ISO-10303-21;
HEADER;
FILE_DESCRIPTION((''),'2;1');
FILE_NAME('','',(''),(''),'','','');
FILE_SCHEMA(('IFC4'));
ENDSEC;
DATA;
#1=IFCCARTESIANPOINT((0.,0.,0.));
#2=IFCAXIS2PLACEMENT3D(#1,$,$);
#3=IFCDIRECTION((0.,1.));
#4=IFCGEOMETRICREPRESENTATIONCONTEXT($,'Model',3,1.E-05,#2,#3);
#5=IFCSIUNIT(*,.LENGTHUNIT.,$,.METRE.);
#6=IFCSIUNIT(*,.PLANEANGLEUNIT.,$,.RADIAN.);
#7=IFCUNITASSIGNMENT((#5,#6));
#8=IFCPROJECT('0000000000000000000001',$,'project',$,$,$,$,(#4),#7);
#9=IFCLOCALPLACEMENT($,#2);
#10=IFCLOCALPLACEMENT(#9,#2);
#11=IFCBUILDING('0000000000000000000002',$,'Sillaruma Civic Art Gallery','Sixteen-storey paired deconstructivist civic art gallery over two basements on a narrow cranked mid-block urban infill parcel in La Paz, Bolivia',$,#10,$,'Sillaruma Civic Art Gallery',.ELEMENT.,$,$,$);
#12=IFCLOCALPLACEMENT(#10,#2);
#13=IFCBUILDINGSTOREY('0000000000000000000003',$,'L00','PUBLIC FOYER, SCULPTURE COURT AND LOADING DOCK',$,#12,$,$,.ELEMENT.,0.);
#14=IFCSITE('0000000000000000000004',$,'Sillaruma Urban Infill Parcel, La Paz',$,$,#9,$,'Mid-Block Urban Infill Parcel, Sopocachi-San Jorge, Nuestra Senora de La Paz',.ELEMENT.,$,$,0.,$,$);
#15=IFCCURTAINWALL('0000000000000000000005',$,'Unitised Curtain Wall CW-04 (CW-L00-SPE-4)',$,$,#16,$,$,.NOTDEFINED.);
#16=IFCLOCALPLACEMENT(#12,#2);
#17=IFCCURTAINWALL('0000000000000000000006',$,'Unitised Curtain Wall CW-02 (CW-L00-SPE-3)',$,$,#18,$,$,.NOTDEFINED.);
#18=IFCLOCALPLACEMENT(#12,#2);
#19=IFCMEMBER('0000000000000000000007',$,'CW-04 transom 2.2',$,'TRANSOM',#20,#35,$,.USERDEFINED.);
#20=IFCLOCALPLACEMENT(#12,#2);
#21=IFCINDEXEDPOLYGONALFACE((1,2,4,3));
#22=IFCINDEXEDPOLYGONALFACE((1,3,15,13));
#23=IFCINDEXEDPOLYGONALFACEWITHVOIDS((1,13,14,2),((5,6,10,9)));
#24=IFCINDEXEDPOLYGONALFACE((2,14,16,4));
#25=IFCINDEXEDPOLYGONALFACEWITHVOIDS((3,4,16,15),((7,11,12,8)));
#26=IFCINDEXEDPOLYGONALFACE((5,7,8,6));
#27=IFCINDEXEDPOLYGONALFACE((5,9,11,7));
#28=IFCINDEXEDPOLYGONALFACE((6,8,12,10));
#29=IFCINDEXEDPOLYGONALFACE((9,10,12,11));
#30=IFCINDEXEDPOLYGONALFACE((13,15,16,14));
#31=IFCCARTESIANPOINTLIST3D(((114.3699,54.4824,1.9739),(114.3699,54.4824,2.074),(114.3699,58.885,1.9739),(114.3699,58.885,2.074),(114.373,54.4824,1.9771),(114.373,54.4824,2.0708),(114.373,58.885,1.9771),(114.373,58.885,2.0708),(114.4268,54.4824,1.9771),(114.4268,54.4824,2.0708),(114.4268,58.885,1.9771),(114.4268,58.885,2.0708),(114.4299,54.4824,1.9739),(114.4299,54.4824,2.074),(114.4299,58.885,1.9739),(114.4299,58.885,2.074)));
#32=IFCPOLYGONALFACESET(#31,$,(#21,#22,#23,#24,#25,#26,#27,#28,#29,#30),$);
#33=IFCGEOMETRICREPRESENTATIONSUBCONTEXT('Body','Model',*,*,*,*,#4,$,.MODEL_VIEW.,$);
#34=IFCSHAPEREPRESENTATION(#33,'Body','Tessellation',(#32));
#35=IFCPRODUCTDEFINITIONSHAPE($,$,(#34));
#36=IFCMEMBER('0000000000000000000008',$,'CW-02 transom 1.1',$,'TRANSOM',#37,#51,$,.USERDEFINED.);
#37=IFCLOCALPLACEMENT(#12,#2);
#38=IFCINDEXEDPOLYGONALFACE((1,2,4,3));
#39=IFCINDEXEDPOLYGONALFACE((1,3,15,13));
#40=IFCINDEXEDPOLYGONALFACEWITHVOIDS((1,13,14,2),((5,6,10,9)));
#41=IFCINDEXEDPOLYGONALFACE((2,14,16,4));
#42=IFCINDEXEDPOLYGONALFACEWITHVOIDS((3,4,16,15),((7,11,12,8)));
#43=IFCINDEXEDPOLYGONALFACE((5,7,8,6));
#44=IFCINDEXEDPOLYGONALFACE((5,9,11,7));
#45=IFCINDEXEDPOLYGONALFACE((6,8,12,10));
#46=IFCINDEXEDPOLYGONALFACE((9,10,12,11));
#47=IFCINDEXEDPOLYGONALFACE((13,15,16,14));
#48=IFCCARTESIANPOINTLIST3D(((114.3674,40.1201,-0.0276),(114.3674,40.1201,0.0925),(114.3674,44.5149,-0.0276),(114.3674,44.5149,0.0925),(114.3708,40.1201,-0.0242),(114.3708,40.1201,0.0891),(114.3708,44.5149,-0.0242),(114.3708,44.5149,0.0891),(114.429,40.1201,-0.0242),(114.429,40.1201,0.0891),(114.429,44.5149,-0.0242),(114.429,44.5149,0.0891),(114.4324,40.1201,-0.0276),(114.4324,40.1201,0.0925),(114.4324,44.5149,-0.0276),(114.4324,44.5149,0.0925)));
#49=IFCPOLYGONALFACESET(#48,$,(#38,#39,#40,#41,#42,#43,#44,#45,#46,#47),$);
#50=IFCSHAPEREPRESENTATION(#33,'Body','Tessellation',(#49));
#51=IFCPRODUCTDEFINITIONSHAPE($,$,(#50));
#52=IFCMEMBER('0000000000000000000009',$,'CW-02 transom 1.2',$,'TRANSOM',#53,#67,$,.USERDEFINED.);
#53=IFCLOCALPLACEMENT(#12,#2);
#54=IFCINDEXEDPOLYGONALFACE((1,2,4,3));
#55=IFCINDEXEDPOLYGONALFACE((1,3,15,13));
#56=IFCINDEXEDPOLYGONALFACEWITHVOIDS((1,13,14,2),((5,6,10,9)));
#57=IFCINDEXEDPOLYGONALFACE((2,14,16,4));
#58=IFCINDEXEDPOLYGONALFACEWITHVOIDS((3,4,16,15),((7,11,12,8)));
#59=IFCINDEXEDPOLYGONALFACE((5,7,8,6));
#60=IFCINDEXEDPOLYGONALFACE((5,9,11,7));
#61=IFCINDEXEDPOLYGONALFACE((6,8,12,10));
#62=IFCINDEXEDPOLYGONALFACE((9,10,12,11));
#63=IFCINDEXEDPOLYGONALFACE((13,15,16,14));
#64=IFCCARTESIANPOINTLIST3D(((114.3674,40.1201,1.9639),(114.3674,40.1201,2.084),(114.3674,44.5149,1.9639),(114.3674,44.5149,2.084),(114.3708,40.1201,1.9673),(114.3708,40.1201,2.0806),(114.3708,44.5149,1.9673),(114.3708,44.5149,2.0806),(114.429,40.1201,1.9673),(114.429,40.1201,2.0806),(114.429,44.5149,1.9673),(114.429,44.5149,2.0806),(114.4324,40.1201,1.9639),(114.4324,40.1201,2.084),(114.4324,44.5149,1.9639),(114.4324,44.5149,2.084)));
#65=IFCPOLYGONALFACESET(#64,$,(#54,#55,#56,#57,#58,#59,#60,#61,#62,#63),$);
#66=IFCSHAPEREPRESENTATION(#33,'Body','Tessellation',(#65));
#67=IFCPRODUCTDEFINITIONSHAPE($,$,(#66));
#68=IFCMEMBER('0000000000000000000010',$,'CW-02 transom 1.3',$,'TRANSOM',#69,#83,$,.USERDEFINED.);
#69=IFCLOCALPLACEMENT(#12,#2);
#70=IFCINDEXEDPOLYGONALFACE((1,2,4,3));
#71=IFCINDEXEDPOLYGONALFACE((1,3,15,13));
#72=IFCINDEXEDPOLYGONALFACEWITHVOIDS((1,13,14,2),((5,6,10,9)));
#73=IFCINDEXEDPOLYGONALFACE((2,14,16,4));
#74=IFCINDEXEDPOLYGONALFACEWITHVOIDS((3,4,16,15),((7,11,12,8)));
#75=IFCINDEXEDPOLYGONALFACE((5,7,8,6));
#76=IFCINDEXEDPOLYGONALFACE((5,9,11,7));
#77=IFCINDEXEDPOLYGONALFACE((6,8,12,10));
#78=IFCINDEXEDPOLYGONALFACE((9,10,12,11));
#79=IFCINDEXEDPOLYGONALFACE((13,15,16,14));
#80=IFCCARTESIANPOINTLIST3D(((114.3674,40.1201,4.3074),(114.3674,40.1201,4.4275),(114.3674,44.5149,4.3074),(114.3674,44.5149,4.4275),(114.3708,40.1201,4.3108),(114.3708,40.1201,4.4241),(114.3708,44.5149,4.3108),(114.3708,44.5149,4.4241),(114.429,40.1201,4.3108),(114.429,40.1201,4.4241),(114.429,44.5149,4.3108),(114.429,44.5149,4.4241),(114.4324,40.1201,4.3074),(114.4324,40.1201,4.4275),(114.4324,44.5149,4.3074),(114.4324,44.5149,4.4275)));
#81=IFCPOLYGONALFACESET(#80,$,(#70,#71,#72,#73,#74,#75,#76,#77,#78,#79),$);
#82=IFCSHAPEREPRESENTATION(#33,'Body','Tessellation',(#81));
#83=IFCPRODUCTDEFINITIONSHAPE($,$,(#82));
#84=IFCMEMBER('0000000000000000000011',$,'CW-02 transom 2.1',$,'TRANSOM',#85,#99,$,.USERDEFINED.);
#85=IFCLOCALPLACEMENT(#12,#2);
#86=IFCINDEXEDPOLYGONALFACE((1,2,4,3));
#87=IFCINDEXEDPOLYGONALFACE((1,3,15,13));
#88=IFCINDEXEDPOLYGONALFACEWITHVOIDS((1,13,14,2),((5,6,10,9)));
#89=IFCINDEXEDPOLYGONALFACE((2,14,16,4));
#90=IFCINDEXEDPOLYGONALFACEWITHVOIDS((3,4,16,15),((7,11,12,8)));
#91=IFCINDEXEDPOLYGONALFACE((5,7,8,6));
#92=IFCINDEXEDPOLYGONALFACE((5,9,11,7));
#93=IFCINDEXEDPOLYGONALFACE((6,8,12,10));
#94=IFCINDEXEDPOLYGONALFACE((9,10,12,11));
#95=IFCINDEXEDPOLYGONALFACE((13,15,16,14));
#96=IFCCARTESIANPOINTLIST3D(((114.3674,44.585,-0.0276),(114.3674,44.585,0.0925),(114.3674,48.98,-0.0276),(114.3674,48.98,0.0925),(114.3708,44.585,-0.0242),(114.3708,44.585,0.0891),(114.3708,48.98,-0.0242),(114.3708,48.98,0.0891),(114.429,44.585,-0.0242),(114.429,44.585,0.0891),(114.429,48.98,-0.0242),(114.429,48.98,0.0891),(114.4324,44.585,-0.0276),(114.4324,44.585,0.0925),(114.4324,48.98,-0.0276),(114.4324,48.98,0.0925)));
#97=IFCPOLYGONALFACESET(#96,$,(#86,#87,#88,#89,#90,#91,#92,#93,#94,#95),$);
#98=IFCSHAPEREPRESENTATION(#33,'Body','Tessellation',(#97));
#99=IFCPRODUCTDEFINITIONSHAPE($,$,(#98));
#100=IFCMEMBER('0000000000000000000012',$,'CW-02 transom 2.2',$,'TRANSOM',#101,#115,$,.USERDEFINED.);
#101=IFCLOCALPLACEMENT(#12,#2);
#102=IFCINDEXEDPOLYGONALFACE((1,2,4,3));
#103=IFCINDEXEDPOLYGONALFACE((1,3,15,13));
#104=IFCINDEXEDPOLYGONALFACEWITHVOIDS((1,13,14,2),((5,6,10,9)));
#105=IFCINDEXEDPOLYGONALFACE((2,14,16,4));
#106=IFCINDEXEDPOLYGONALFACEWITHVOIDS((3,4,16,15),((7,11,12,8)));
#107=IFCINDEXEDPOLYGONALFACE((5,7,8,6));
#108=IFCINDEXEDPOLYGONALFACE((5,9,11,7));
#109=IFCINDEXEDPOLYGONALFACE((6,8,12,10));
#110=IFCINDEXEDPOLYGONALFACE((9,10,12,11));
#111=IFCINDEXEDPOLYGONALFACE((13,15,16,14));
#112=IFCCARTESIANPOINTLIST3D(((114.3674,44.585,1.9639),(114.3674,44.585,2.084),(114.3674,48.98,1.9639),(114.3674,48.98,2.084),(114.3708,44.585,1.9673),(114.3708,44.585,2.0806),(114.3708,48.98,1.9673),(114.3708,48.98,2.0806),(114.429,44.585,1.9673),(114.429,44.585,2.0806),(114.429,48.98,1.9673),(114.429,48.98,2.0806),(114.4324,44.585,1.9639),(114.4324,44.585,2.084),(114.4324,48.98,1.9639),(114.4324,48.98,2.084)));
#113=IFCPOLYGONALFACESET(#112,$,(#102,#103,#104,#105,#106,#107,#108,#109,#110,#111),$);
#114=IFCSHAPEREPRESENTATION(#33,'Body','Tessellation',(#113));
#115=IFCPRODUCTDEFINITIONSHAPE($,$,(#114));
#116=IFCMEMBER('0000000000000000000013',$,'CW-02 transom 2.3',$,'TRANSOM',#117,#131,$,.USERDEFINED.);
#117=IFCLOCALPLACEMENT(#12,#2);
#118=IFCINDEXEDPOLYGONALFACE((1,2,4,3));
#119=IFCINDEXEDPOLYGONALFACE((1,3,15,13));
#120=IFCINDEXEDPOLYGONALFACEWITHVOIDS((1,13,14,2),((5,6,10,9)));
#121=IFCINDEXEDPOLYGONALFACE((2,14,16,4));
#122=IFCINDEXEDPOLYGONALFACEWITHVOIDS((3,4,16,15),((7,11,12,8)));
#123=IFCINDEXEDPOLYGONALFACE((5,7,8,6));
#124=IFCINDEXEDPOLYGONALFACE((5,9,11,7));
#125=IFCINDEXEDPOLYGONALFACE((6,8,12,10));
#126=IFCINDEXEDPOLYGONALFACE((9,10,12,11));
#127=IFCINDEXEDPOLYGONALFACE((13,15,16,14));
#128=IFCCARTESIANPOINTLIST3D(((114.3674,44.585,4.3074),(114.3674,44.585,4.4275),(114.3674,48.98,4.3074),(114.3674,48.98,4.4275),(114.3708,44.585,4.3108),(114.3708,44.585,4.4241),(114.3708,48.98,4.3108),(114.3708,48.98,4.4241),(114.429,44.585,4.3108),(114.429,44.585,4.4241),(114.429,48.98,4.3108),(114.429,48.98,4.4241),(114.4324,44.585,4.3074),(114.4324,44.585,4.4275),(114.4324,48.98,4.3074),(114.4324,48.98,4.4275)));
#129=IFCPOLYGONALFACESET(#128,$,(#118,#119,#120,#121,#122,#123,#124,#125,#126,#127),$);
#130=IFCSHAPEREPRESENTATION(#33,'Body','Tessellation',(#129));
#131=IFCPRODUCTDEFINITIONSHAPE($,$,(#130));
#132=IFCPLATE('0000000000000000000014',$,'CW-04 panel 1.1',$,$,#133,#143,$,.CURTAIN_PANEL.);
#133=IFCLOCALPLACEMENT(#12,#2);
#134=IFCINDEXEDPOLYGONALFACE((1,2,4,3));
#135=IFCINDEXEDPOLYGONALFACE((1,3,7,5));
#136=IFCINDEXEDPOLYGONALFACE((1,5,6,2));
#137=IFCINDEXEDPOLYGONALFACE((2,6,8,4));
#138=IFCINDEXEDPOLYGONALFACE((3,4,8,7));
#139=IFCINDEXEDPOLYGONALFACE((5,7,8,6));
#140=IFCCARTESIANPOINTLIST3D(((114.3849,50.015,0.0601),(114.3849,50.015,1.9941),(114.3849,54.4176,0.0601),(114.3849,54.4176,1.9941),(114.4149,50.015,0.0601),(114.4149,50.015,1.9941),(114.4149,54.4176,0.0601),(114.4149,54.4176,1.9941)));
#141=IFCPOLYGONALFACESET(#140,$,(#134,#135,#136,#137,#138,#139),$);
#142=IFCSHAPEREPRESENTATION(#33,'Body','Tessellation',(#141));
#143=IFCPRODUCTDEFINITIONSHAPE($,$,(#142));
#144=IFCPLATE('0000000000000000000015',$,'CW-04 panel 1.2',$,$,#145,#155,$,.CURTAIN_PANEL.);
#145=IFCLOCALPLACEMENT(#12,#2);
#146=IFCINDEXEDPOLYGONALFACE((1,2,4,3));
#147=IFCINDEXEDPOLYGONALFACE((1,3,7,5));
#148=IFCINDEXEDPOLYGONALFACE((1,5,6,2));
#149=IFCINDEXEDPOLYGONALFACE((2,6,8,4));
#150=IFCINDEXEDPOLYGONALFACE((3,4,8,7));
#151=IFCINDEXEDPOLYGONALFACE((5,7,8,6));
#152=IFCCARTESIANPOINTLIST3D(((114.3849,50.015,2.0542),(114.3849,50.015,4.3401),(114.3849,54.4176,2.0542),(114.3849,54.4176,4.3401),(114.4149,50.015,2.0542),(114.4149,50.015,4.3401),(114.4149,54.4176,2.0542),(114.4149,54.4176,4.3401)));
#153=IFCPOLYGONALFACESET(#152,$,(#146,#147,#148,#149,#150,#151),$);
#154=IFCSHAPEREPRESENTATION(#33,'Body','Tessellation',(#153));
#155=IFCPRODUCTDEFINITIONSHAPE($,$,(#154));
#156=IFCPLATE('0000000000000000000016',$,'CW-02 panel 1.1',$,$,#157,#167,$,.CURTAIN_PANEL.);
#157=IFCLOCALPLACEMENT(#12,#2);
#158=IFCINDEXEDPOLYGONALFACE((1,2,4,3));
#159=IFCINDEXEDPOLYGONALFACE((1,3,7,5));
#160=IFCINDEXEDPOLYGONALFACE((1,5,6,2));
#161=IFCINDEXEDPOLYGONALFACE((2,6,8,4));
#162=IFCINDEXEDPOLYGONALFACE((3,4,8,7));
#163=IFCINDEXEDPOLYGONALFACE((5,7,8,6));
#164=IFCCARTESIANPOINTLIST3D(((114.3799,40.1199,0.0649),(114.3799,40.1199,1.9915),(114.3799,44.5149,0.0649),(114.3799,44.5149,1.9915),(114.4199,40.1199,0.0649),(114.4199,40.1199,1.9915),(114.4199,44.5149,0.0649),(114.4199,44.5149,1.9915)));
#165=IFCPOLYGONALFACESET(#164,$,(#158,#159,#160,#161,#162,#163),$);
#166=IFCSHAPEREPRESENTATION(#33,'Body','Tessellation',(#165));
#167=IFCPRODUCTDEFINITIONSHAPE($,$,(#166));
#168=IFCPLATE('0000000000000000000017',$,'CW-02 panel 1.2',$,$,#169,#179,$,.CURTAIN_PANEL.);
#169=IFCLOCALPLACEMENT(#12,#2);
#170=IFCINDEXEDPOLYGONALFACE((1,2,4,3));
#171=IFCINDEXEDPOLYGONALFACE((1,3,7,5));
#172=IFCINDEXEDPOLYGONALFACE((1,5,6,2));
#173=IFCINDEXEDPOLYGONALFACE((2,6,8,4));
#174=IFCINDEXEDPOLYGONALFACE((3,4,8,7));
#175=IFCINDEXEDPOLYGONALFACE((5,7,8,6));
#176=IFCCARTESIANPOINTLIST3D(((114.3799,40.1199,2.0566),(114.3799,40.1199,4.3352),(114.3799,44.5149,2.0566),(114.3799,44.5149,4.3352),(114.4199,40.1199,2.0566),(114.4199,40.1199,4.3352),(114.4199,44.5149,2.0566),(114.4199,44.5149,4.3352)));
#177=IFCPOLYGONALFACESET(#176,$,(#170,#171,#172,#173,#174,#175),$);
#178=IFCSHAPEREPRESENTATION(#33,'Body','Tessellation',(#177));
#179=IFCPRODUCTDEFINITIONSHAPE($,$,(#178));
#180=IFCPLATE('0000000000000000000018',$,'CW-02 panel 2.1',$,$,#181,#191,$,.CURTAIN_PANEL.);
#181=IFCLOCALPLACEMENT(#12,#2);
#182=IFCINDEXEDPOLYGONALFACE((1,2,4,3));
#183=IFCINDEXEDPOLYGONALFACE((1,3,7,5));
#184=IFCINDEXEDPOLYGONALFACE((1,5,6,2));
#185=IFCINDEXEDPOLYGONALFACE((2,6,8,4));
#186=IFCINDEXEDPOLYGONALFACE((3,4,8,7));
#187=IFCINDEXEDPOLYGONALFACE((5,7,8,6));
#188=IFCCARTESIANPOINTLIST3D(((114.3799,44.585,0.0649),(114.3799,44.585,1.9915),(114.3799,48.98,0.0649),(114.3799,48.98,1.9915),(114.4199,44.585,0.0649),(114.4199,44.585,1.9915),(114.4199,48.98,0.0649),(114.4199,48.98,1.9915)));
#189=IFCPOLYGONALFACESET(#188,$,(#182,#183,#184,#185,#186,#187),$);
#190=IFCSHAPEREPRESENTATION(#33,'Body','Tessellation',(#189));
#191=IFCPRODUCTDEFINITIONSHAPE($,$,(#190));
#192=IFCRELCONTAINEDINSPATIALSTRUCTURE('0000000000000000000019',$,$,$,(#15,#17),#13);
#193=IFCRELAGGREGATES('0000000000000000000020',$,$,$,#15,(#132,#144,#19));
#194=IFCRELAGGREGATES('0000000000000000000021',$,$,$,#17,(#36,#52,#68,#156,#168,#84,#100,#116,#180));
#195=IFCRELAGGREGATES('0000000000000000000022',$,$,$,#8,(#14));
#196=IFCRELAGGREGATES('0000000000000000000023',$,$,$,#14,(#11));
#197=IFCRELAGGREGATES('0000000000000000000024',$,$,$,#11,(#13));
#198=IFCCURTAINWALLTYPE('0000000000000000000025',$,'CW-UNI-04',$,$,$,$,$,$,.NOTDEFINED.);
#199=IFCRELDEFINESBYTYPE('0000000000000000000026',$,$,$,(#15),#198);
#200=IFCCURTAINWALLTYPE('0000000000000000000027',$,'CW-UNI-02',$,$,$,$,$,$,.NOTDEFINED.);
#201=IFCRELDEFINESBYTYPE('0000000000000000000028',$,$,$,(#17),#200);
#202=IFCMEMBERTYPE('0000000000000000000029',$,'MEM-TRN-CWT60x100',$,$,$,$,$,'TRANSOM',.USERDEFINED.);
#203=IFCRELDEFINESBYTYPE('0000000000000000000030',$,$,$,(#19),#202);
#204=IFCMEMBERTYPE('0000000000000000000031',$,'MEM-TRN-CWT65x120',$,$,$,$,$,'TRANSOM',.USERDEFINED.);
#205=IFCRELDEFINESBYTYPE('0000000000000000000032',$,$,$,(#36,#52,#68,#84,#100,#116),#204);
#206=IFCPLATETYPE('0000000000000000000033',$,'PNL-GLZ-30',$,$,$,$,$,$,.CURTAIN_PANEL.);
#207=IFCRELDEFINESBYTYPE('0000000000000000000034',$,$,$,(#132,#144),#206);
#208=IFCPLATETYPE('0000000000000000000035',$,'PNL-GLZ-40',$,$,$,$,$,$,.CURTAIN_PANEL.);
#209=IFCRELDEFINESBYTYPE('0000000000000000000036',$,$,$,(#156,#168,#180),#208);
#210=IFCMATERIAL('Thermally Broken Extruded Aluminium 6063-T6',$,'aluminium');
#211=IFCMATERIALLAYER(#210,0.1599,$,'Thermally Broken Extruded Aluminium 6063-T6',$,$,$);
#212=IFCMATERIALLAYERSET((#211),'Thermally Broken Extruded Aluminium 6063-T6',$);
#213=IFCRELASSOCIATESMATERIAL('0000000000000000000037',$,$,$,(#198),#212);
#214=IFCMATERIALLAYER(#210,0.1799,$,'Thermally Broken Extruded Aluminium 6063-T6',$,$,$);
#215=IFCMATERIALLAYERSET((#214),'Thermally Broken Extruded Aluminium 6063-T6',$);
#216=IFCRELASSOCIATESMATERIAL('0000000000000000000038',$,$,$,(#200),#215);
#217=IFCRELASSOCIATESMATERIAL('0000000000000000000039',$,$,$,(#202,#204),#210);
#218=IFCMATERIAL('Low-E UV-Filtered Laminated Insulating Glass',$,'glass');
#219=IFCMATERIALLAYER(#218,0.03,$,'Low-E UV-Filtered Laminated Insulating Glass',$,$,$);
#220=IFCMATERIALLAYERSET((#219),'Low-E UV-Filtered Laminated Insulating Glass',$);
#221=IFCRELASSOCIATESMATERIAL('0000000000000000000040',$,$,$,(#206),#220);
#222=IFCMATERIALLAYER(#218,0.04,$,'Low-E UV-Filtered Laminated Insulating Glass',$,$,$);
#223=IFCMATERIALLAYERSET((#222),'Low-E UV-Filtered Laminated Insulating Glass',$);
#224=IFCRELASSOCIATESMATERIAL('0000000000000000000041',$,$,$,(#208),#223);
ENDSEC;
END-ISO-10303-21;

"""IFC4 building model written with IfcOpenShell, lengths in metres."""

from ifc_helpers import new_model, si_unit, direction, frame, origin, origin_2d, place, context, subcontext, project, spatial, rectangle, hollow_rectangle, extrude, material, layer, layer_set, material_profile, profile_set, type_object, element, aggregate, save


model = new_model("IFC4")

# Units and contexts
model_context = context("Model", 3, precision=1e-05, world=origin(), true_north=direction((0.0, 1.0)))
body_context = subcontext(model_context, "Body", "Model", "MODEL_VIEW")
ifc_project = project(units=[si_unit("LENGTHUNIT", "METRE"), si_unit("PLANEANGLEUNIT", "RADIAN")], contexts=[model_context])

# Site, building, storey
site_placement = place(None, origin())
site = spatial("IfcSite", under=ifc_project, at=site_placement, Name="Sillaruma Urban Infill Parcel, La Paz", LongName="Mid-Block Urban Infill Parcel, Sopocachi-San Jorge, Nuestra Senora de La Paz", CompositionType="ELEMENT", RefElevation=0.0)
building_placement = place(site_placement, origin())
building = spatial("IfcBuilding", under=site, at=building_placement, Name="Sillaruma Civic Art Gallery", Description="Sixteen-storey paired deconstructivist civic art gallery over two basements on a narrow cranked mid-block urban infill parcel in La Paz, Bolivia", LongName="Sillaruma Civic Art Gallery", CompositionType="ELEMENT")
storey_placement = place(building_placement, origin())
storey = spatial("IfcBuildingStorey", under=building, at=storey_placement, Name="L00", Description="PUBLIC FOYER, SCULPTURE COURT AND LOADING DOCK", CompositionType="ELEMENT", Elevation=0.0)

# Curtain walls
ifc_material_1 = material(Name="Thermally Broken Extruded Aluminium 6063-T6", Category="aluminium")
ifc_layer_1 = layer(ifc_material_1, 0.1599, Name="Thermally Broken Extruded Aluminium 6063-T6")
ifc_layer_set_1 = layer_set([ifc_layer_1], Name="Thermally Broken Extruded Aluminium 6063-T6")
curtain_wall_type_1 = type_object("IfcCurtainWallType", Name="CW-UNI-04", PredefinedType="NOTDEFINED", material=ifc_layer_set_1)
curtain_wall_1_placement = place(storey_placement, origin())
curtain_wall_1 = element("IfcCurtainWall", 1, at=curtain_wall_1_placement, inside=storey, type_object=curtain_wall_type_1, Name="Unitised Curtain Wall CW-04 (CW-L00-SPE-4)", PredefinedType="NOTDEFINED")
ifc_layer_2 = layer(ifc_material_1, 0.1799, Name="Thermally Broken Extruded Aluminium 6063-T6")
ifc_layer_set_2 = layer_set([ifc_layer_2], Name="Thermally Broken Extruded Aluminium 6063-T6")
curtain_wall_type_2 = type_object("IfcCurtainWallType", Name="CW-UNI-02", PredefinedType="NOTDEFINED", material=ifc_layer_set_2)
curtain_wall_2_placement = place(storey_placement, origin())
curtain_wall_2 = element("IfcCurtainWall", 2, at=curtain_wall_2_placement, inside=storey, type_object=curtain_wall_type_2, Name="Unitised Curtain Wall CW-02 (CW-L00-SPE-3)", PredefinedType="NOTDEFINED")

# Members
ifc_material_profile_1 = material_profile(ifc_material_1, hollow_rectangle(XDim=0.0601, YDim=0.1001, WallThickness=0.0032, at=origin_2d()), Name="CWT60x100")
ifc_profile_set_1 = profile_set([ifc_material_profile_1], Name="Thermally Broken Extruded Aluminium 6063-T6")
member_type_1 = type_object("IfcMemberType", Name="MEM-TRN-CWT60x100", ElementType="TRANSOM", PredefinedType="USERDEFINED", material=ifc_profile_set_1)
member_1_placement = place(storey_placement, frame((114.3999, 54.4824, 2.0239), z_axis=(0.0, 1.0, 0.0), x_axis=(-1.0, 0.0, 0.0)))
member_1 = element("IfcMember", 3, at=member_1_placement, type_object=member_type_1, Name="CW-04 transom 2.2", ObjectType="TRANSOM", PredefinedType="USERDEFINED", context=body_context, shape_type="SweptSolid", body=[
    extrude(hollow_rectangle(XDim=0.0601, YDim=0.1001, WallThickness=0.0032, at=origin_2d()), origin(), (0.0, 0.0, 1.0), 4.4026),
])
ifc_material_profile_2 = material_profile(ifc_material_1, hollow_rectangle(XDim=0.0649, YDim=0.1201, WallThickness=0.0034, at=origin_2d()), Name="CWT65x120")
ifc_profile_set_2 = profile_set([ifc_material_profile_2], Name="Thermally Broken Extruded Aluminium 6063-T6")
member_type_2 = type_object("IfcMemberType", Name="MEM-TRN-CWT65x120", ElementType="TRANSOM", PredefinedType="USERDEFINED", material=ifc_profile_set_2)
member_2_placement = place(storey_placement, frame((114.3999, 40.1201, 0.0325), z_axis=(0.0, 1.0, 0.0), x_axis=(-1.0, 0.0, 0.0)))
member_2 = element("IfcMember", 4, at=member_2_placement, type_object=member_type_2, Name="CW-02 transom 1.1", ObjectType="TRANSOM", PredefinedType="USERDEFINED", context=body_context, shape_type="SweptSolid", body=[
    extrude(hollow_rectangle(XDim=0.0649, YDim=0.1201, WallThickness=0.0034, at=origin_2d()), origin(), (0.0, 0.0, 1.0), 4.3948),
])
member_3_placement = place(storey_placement, frame((114.3999, 40.1201, 2.0239), z_axis=(0.0, 1.0, 0.0), x_axis=(-1.0, 0.0, 0.0)))
member_3 = element("IfcMember", 5, at=member_3_placement, type_object=member_type_2, Name="CW-02 transom 1.2", ObjectType="TRANSOM", PredefinedType="USERDEFINED", context=body_context, shape_type="SweptSolid", body=[
    extrude(hollow_rectangle(XDim=0.0649, YDim=0.1201, WallThickness=0.0034, at=origin_2d()), origin(), (0.0, 0.0, 1.0), 4.3948),
])
member_4_placement = place(storey_placement, frame((114.3999, 40.1201, 4.3674), z_axis=(0.0, 1.0, 0.0), x_axis=(-1.0, 0.0, 0.0)))
member_4 = element("IfcMember", 6, at=member_4_placement, type_object=member_type_2, Name="CW-02 transom 1.3", ObjectType="TRANSOM", PredefinedType="USERDEFINED", context=body_context, shape_type="SweptSolid", body=[
    extrude(hollow_rectangle(XDim=0.0649, YDim=0.1201, WallThickness=0.0034, at=origin_2d()), origin(), (0.0, 0.0, 1.0), 4.3948),
])
member_5_placement = place(storey_placement, frame((114.3999, 44.585, 0.0325), z_axis=(0.0, 1.0, 0.0), x_axis=(-1.0, 0.0, 0.0)))
member_5 = element("IfcMember", 7, at=member_5_placement, type_object=member_type_2, Name="CW-02 transom 2.1", ObjectType="TRANSOM", PredefinedType="USERDEFINED", context=body_context, shape_type="SweptSolid", body=[
    extrude(hollow_rectangle(XDim=0.0649, YDim=0.1201, WallThickness=0.0034, at=origin_2d()), origin(), (0.0, 0.0, 1.0), 4.395),
])
member_6_placement = place(storey_placement, frame((114.3999, 44.585, 2.0239), z_axis=(0.0, 1.0, 0.0), x_axis=(-1.0, 0.0, 0.0)))
member_6 = element("IfcMember", 8, at=member_6_placement, type_object=member_type_2, Name="CW-02 transom 2.2", ObjectType="TRANSOM", PredefinedType="USERDEFINED", context=body_context, shape_type="SweptSolid", body=[
    extrude(hollow_rectangle(XDim=0.0649, YDim=0.1201, WallThickness=0.0034, at=origin_2d()), origin(), (0.0, 0.0, 1.0), 4.395),
])
member_7_placement = place(storey_placement, frame((114.3999, 44.585, 4.3674), z_axis=(0.0, 1.0, 0.0), x_axis=(-1.0, 0.0, 0.0)))
member_7 = element("IfcMember", 9, at=member_7_placement, type_object=member_type_2, Name="CW-02 transom 2.3", ObjectType="TRANSOM", PredefinedType="USERDEFINED", context=body_context, shape_type="SweptSolid", body=[
    extrude(hollow_rectangle(XDim=0.0649, YDim=0.1201, WallThickness=0.0034, at=origin_2d()), origin(), (0.0, 0.0, 1.0), 4.395),
])

# Plates
ifc_material_2 = material(Name="Low-E UV-Filtered Laminated Insulating Glass", Category="glass")
ifc_layer_3 = layer(ifc_material_2, 0.03, Name="Low-E UV-Filtered Laminated Insulating Glass")
ifc_layer_set_3 = layer_set([ifc_layer_3], Name="Low-E UV-Filtered Laminated Insulating Glass")
plate_type_1 = type_object("IfcPlateType", Name="PNL-GLZ-30", PredefinedType="CURTAIN_PANEL", material=ifc_layer_set_3)
plate_1_placement = place(storey_placement, frame((114.3999, 52.2163, 0.0601), z_axis=(0.0, 0.0, 1.0), x_axis=(0.0, 1.0, 0.0)))
plate_1 = element("IfcPlate", 10, at=plate_1_placement, type_object=plate_type_1, Name="CW-04 panel 1.1", PredefinedType="CURTAIN_PANEL", context=body_context, shape_type="SweptSolid", body=[
    extrude(rectangle(XDim=4.4026, YDim=0.03, at=origin_2d()), origin(), (0.0, 0.0, 1.0), 1.9341),
])
plate_2_placement = place(storey_placement, frame((114.3999, 52.2163, 2.0542), z_axis=(0.0, 0.0, 1.0), x_axis=(0.0, 1.0, 0.0)))
plate_2 = element("IfcPlate", 11, at=plate_2_placement, type_object=plate_type_1, Name="CW-04 panel 1.2", PredefinedType="CURTAIN_PANEL", context=body_context, shape_type="SweptSolid", body=[
    extrude(rectangle(XDim=4.4026, YDim=0.03, at=origin_2d()), origin(), (0.0, 0.0, 1.0), 2.2859),
])
aggregate(curtain_wall_1, [plate_1, plate_2, member_1])
ifc_layer_4 = layer(ifc_material_2, 0.04, Name="Low-E UV-Filtered Laminated Insulating Glass")
ifc_layer_set_4 = layer_set([ifc_layer_4], Name="Low-E UV-Filtered Laminated Insulating Glass")
plate_type_2 = type_object("IfcPlateType", Name="PNL-GLZ-40", PredefinedType="CURTAIN_PANEL", material=ifc_layer_set_4)
plate_3_placement = place(storey_placement, frame((114.3999, 42.3174, 0.0649), z_axis=(0.0, 0.0, 1.0), x_axis=(0.0, 1.0, 0.0)))
plate_3 = element("IfcPlate", 12, at=plate_3_placement, type_object=plate_type_2, Name="CW-02 panel 1.1", PredefinedType="CURTAIN_PANEL", context=body_context, shape_type="SweptSolid", body=[
    extrude(rectangle(XDim=4.395, YDim=0.04, at=origin_2d()), origin(), (0.0, 0.0, 1.0), 1.9265),
])
plate_4_placement = place(storey_placement, frame((114.3999, 42.3174, 2.0566), z_axis=(0.0, 0.0, 1.0), x_axis=(0.0, 1.0, 0.0)))
plate_4 = element("IfcPlate", 13, at=plate_4_placement, type_object=plate_type_2, Name="CW-02 panel 1.2", PredefinedType="CURTAIN_PANEL", context=body_context, shape_type="SweptSolid", body=[
    extrude(rectangle(XDim=4.395, YDim=0.04, at=origin_2d()), origin(), (0.0, 0.0, 1.0), 2.2786),
])
plate_5_placement = place(storey_placement, frame((114.3999, 46.7825, 0.0649), z_axis=(0.0, 0.0, 1.0), x_axis=(0.0, 1.0, 0.0)))
plate_5 = element("IfcPlate", 14, at=plate_5_placement, type_object=plate_type_2, Name="CW-02 panel 2.1", PredefinedType="CURTAIN_PANEL", context=body_context, shape_type="SweptSolid", body=[
    extrude(rectangle(XDim=4.395, YDim=0.04, at=origin_2d()), origin(), (0.0, 0.0, 1.0), 1.9265),
])
aggregate(curtain_wall_2, [member_2, member_3, member_4, plate_3, plate_4, member_5, member_6, member_7, plate_5])

save(model, "model.ifc")
